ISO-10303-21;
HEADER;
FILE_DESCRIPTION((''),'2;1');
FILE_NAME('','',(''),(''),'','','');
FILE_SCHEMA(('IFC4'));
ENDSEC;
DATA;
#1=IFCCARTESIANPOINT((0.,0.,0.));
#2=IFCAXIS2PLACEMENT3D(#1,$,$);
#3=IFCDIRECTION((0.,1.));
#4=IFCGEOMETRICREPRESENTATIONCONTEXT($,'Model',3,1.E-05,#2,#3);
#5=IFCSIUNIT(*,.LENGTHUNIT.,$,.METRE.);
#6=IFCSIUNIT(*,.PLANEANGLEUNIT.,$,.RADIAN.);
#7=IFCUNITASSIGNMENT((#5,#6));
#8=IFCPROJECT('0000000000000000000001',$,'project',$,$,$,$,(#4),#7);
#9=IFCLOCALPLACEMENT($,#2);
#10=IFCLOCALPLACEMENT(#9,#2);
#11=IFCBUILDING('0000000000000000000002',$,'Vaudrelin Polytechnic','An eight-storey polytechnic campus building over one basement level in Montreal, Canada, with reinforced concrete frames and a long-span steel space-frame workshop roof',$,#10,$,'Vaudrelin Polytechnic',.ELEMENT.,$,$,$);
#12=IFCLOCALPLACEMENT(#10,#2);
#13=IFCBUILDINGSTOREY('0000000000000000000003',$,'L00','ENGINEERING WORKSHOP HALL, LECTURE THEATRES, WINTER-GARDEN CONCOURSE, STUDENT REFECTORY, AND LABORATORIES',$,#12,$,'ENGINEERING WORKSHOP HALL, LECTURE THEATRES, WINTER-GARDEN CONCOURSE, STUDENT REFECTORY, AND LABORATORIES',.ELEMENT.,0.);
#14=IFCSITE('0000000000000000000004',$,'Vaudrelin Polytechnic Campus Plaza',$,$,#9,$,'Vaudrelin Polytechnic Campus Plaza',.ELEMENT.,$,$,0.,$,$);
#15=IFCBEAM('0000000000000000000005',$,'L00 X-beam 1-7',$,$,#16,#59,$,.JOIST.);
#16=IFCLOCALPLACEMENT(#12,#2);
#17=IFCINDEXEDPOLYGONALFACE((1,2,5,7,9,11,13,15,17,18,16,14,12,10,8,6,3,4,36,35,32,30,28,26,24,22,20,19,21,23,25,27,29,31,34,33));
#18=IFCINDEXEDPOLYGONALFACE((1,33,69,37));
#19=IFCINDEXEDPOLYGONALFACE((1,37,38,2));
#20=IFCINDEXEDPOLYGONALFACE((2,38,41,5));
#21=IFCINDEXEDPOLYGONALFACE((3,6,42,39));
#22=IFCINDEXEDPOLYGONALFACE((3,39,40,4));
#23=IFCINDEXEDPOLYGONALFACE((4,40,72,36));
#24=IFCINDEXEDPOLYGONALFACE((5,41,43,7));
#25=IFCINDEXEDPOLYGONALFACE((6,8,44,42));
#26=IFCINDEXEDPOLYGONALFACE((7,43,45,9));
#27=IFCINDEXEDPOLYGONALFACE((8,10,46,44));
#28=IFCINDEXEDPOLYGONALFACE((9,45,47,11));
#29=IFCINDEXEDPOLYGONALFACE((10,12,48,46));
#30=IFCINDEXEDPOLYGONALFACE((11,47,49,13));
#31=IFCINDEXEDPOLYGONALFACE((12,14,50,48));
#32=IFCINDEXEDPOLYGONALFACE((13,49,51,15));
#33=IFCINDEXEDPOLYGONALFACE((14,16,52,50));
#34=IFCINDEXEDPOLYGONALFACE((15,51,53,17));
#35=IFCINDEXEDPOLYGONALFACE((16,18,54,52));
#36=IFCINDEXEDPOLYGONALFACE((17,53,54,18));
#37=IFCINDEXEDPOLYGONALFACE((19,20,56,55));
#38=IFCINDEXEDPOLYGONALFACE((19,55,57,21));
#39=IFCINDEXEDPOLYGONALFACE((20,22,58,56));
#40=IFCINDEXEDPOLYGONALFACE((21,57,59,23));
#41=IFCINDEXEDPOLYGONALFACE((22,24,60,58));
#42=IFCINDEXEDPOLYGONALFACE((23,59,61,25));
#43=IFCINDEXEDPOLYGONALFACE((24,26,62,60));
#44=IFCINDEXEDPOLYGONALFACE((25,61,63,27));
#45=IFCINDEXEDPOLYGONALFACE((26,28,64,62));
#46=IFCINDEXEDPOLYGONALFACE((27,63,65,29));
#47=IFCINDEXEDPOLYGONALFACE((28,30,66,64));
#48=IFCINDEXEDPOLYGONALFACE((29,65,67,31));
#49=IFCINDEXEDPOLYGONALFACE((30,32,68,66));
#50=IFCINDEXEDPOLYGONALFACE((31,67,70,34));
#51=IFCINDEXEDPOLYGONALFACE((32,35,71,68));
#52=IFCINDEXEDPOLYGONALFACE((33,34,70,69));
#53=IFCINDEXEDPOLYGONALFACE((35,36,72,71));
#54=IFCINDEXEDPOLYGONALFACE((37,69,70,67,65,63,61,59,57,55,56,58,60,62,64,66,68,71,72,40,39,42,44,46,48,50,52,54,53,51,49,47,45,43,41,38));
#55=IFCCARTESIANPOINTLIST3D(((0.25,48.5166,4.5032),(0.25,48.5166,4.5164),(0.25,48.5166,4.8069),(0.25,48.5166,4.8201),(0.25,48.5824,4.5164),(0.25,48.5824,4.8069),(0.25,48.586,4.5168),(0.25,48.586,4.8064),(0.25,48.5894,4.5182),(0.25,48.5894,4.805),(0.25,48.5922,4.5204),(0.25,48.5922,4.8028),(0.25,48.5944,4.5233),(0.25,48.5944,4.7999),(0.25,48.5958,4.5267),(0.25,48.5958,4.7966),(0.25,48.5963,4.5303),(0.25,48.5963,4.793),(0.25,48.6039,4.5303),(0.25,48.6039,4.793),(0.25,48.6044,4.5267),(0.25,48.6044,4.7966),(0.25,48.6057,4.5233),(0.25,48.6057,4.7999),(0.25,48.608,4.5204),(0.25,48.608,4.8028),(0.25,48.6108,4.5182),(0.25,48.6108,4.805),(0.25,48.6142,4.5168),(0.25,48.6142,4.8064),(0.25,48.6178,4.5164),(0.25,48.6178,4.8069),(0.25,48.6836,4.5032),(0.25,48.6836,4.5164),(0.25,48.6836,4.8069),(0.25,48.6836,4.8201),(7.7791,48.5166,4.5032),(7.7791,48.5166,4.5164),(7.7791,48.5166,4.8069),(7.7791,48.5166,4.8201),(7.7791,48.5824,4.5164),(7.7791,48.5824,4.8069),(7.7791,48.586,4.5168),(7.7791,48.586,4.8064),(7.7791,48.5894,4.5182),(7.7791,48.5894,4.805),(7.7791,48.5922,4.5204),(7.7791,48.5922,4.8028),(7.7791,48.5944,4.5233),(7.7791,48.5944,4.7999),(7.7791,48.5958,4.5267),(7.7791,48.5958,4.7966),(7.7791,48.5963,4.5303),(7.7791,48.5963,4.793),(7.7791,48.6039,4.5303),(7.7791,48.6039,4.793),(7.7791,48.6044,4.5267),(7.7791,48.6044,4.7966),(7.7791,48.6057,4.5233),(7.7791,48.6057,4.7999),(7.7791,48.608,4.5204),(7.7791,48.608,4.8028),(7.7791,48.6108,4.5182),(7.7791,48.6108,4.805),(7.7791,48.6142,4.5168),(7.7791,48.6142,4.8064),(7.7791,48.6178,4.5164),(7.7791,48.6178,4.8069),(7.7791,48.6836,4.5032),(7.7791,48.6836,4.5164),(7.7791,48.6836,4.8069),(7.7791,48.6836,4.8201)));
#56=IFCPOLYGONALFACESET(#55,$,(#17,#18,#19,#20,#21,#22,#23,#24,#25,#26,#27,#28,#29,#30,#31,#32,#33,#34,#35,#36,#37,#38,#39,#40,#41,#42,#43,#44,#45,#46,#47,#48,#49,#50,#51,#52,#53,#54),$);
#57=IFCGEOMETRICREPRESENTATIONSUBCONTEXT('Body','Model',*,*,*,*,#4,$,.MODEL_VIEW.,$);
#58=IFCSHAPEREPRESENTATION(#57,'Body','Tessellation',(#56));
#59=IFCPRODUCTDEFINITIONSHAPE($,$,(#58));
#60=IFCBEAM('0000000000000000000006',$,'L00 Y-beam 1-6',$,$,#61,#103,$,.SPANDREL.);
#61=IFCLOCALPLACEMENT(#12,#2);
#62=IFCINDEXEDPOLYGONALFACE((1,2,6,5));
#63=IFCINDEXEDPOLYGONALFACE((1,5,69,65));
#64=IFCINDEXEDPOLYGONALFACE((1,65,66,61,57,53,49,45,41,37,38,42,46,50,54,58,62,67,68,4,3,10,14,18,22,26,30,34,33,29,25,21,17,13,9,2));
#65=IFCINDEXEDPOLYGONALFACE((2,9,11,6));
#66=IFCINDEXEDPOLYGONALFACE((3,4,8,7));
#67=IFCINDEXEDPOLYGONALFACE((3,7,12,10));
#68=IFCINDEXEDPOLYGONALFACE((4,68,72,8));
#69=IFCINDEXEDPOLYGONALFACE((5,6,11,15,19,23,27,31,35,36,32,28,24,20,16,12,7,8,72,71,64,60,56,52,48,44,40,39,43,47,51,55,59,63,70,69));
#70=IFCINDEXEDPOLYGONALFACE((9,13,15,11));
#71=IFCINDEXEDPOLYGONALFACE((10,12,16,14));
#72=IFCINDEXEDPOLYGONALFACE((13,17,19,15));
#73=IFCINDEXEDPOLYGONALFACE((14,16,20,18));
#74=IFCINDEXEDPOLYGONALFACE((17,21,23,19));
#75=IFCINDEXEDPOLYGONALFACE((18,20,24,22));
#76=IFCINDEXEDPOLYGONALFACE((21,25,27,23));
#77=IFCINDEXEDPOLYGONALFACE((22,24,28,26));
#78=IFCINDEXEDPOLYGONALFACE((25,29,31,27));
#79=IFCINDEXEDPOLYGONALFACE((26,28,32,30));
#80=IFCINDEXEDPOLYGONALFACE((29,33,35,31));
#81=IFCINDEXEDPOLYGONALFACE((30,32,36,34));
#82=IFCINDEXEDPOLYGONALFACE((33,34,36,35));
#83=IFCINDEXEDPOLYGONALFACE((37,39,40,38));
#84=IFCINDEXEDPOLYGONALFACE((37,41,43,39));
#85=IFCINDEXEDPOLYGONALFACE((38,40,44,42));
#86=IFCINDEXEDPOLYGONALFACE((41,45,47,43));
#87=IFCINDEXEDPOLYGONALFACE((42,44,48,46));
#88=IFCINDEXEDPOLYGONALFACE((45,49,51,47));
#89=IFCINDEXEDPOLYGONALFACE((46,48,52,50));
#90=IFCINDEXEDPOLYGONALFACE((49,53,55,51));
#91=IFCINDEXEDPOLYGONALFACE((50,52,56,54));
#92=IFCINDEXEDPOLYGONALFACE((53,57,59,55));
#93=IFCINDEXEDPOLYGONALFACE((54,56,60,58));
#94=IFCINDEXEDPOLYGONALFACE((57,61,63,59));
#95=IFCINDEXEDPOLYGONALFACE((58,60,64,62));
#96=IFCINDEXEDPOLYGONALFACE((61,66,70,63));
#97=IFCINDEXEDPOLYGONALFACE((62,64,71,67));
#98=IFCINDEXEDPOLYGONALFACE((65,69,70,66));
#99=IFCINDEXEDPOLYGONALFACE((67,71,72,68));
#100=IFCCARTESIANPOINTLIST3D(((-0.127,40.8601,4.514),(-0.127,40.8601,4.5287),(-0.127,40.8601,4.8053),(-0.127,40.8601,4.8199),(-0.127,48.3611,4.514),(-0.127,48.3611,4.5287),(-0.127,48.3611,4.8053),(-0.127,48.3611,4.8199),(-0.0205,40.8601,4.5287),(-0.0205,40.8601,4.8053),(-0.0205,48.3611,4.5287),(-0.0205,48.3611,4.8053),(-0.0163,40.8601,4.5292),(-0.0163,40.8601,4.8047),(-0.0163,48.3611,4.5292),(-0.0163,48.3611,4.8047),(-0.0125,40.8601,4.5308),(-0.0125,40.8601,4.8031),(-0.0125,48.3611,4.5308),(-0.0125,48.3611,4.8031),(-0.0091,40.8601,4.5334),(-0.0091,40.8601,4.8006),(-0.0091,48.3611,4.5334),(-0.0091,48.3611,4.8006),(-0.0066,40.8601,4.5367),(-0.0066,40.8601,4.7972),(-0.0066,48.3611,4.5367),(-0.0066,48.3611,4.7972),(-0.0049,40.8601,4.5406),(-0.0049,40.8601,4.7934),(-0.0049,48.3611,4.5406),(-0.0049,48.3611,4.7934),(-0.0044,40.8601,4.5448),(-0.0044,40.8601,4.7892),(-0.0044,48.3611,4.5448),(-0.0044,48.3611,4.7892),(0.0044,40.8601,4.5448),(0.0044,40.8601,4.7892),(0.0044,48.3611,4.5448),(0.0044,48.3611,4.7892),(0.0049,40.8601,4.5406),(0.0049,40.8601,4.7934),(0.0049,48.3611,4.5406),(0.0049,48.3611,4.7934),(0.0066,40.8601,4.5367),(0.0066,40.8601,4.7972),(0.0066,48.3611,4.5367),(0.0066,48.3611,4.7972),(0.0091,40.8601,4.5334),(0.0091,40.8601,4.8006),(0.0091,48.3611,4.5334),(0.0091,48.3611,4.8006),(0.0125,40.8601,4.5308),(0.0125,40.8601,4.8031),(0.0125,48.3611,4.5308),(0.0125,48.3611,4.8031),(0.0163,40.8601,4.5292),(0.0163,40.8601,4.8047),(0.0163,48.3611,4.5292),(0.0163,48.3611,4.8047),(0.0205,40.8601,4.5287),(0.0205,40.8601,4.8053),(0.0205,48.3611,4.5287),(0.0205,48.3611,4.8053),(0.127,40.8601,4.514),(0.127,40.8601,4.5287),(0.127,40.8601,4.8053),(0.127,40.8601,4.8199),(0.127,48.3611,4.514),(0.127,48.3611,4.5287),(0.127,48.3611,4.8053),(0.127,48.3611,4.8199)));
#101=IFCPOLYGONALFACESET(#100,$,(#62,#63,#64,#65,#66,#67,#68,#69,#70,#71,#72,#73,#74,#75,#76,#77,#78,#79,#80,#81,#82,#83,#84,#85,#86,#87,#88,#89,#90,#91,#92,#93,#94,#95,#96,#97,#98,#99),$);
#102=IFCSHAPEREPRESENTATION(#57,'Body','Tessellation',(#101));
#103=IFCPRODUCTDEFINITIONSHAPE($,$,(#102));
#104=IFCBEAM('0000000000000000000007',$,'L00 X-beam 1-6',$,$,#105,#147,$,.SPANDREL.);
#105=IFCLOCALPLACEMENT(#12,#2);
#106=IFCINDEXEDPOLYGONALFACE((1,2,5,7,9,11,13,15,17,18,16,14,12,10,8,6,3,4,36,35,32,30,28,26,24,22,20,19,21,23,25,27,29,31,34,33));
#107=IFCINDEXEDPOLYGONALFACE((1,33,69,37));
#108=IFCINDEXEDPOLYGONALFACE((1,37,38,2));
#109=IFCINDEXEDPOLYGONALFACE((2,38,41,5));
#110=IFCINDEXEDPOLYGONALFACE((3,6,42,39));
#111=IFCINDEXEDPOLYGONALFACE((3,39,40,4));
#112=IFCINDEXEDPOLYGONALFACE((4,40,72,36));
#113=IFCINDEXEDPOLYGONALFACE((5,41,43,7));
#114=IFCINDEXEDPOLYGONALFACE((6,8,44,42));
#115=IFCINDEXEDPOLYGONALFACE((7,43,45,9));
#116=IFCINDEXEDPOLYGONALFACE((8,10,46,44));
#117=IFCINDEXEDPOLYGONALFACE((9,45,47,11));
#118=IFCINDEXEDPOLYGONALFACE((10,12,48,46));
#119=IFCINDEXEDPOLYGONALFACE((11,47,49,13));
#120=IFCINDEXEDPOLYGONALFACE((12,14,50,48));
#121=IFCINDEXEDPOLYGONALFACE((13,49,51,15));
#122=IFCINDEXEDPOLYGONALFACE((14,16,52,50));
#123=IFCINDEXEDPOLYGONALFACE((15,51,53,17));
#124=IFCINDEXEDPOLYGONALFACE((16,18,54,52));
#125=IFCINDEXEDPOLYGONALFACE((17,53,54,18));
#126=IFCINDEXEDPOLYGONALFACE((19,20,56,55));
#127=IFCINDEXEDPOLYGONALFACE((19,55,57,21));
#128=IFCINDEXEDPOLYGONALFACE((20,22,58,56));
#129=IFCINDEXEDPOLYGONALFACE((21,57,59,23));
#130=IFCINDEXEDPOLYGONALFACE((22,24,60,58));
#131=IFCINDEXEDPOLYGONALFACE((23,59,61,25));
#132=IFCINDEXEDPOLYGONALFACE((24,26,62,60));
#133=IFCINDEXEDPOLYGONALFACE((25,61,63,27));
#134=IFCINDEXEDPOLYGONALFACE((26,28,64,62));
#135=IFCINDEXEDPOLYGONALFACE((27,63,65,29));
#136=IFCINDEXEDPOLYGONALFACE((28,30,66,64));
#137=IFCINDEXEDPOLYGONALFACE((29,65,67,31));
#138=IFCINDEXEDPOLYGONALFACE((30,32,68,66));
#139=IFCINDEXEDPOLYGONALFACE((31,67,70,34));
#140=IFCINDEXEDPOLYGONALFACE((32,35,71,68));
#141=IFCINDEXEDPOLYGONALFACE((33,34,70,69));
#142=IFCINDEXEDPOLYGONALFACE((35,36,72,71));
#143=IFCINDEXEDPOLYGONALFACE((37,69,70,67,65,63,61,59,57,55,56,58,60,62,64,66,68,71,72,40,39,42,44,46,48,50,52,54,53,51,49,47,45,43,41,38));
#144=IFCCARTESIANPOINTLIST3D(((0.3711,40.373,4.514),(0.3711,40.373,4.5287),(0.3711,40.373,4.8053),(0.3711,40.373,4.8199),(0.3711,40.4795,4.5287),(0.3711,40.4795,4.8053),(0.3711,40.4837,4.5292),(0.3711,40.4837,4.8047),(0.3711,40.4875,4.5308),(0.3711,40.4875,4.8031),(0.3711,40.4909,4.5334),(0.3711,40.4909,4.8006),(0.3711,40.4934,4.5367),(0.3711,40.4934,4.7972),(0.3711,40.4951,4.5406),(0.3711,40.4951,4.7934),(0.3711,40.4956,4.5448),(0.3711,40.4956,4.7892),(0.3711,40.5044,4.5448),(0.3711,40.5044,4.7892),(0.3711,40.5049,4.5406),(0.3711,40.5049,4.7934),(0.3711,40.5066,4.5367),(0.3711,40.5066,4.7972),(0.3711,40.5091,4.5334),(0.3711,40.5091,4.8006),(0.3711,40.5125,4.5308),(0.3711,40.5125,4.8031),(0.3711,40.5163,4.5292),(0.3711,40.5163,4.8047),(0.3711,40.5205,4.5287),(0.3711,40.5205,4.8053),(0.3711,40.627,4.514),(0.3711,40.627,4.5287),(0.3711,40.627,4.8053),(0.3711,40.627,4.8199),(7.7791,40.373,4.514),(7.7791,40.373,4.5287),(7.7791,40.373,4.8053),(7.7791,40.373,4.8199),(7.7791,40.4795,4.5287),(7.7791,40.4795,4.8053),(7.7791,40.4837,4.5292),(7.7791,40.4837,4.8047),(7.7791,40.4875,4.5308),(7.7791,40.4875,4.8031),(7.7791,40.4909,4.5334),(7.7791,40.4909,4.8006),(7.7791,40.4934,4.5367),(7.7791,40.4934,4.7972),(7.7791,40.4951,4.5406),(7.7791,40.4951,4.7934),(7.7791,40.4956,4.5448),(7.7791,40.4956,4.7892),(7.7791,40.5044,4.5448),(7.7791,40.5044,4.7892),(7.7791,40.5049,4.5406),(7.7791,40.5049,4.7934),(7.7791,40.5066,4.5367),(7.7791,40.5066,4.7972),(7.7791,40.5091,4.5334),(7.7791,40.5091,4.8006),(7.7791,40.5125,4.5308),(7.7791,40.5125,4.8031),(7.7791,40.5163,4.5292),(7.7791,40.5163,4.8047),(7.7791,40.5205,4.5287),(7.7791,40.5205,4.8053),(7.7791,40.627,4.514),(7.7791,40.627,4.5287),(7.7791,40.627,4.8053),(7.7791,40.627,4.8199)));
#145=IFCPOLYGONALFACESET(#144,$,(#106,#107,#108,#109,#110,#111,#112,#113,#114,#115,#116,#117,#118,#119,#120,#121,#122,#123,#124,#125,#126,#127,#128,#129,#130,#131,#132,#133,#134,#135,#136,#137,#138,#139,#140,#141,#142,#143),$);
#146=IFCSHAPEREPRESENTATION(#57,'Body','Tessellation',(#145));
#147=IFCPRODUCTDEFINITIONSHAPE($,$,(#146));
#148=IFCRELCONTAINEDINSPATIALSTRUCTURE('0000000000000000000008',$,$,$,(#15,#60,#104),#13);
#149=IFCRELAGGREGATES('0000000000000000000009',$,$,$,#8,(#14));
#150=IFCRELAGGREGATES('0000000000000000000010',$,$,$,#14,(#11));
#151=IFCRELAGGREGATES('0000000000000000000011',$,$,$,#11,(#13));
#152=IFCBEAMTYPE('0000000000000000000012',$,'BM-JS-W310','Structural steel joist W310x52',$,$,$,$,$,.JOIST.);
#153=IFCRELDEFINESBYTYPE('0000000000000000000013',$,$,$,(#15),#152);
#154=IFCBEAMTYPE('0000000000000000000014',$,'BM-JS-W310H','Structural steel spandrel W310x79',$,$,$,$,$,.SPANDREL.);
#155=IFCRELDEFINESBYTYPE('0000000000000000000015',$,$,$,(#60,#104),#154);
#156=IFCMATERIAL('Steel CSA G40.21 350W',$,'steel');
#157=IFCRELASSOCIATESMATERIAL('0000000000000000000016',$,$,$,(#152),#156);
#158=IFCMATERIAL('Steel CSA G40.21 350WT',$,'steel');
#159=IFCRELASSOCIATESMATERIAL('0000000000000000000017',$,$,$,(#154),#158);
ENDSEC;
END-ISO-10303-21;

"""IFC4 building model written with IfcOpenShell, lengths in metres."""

from ifc_helpers import new_model, si_unit, direction, frame, origin, origin_2d, place, context, subcontext, project, spatial, i_section, extrude, material, material_profile, profile_set, type_object, element, save


model = new_model("IFC4")

# Units and contexts
model_context = context("Model", 3, precision=1e-05, world=origin(), true_north=direction((0.0, 1.0)))
body_context = subcontext(model_context, "Body", "Model", "MODEL_VIEW")
ifc_project = project(units=[si_unit("LENGTHUNIT", "METRE"), si_unit("PLANEANGLEUNIT", "RADIAN")], contexts=[model_context])

# Site, building, storey
site_placement = place(None, origin())
site = spatial("IfcSite", under=ifc_project, at=site_placement, Name="Vaudrelin Polytechnic Campus Plaza", LongName="Vaudrelin Polytechnic Campus Plaza", CompositionType="ELEMENT", RefElevation=0.0)
building_placement = place(site_placement, origin())
building = spatial("IfcBuilding", under=site, at=building_placement, Name="Vaudrelin Polytechnic", Description="An eight-storey polytechnic campus building over one basement level in Montreal, Canada, with reinforced concrete frames and a long-span steel space-frame workshop roof", LongName="Vaudrelin Polytechnic", CompositionType="ELEMENT")
storey_placement = place(building_placement, origin())
storey = spatial("IfcBuildingStorey", under=building, at=storey_placement, Name="L00", Description="ENGINEERING WORKSHOP HALL, LECTURE THEATRES, WINTER-GARDEN CONCOURSE, STUDENT REFECTORY, AND LABORATORIES", LongName="ENGINEERING WORKSHOP HALL, LECTURE THEATRES, WINTER-GARDEN CONCOURSE, STUDENT REFECTORY, AND LABORATORIES", CompositionType="ELEMENT", Elevation=0.0)

# Shared definitions
ifc_material_1 = material(Name="Steel CSA G40.21 350WT", Category="steel")
ifc_material_2 = material(Name="Steel CSA G40.21 350W", Category="steel")

# Beams
ifc_material_profile_1 = material_profile(ifc_material_2, i_section(OverallWidth=0.167, OverallDepth=0.3169, WebThickness=0.0076, FlangeThickness=0.0132, FilletRadius=0.0139, at=origin_2d()), Name="W310x52")
ifc_profile_set_1 = profile_set([ifc_material_profile_1], Name="Steel CSA G40.21 350W")
beam_type_1 = type_object("IfcBeamType", Name="BM-JS-W310", Description="Structural steel joist W310x52", PredefinedType="JOIST", material=ifc_profile_set_1)
beam_1_placement = place(storey_placement, frame((0.25, 48.6001, 4.6616), z_axis=(1.0, 0.0, 0.0), x_axis=(0.0, 1.0, 0.0)))
element("IfcBeam", 1, at=beam_1_placement, inside=storey, type_object=beam_type_1, Name="L00 X-beam 1-7", PredefinedType="JOIST", context=body_context, shape_type="SweptSolid", body=[
    extrude(i_section(OverallWidth=0.167, OverallDepth=0.3169, WebThickness=0.0076, FlangeThickness=0.0132, FilletRadius=0.0139, at=origin_2d()), origin(), (0.0, 0.0, 1.0), 7.5291),
])
ifc_material_profile_2 = material_profile(ifc_material_1, i_section(OverallWidth=0.2539, OverallDepth=0.3059, WebThickness=0.0088, FlangeThickness=0.0146, FilletRadius=0.0161, at=origin_2d()), Name="W310x79")
ifc_profile_set_2 = profile_set([ifc_material_profile_2], Name="Steel CSA G40.21 350WT")
beam_type_2 = type_object("IfcBeamType", Name="BM-JS-W310H", Description="Structural steel spandrel W310x79", PredefinedType="SPANDREL", material=ifc_profile_set_2)
beam_2_placement = place(storey_placement, frame((0.0, 40.8601, 4.667), z_axis=(0.0, 1.0, 0.0), x_axis=(-1.0, 0.0, 0.0)))
element("IfcBeam", 2, at=beam_2_placement, inside=storey, type_object=beam_type_2, Name="L00 Y-beam 1-6", PredefinedType="SPANDREL", context=body_context, shape_type="SweptSolid", body=[
    extrude(i_section(OverallWidth=0.2539, OverallDepth=0.3059, WebThickness=0.0088, FlangeThickness=0.0146, FilletRadius=0.0161, at=origin_2d()), origin(), (0.0, 0.0, 1.0), 7.501),
])
beam_3_placement = place(storey_placement, frame((0.3711, 40.5, 4.667), z_axis=(1.0, 0.0, 0.0), x_axis=(0.0, 1.0, 0.0)))
element("IfcBeam", 3, at=beam_3_placement, inside=storey, type_object=beam_type_2, Name="L00 X-beam 1-6", PredefinedType="SPANDREL", context=body_context, shape_type="SweptSolid", body=[
    extrude(i_section(OverallWidth=0.2539, OverallDepth=0.3059, WebThickness=0.0088, FlangeThickness=0.0146, FilletRadius=0.0161, at=origin_2d()), origin(), (0.0, 0.0, 1.0), 7.408),
])

save(model, "model.ifc")
